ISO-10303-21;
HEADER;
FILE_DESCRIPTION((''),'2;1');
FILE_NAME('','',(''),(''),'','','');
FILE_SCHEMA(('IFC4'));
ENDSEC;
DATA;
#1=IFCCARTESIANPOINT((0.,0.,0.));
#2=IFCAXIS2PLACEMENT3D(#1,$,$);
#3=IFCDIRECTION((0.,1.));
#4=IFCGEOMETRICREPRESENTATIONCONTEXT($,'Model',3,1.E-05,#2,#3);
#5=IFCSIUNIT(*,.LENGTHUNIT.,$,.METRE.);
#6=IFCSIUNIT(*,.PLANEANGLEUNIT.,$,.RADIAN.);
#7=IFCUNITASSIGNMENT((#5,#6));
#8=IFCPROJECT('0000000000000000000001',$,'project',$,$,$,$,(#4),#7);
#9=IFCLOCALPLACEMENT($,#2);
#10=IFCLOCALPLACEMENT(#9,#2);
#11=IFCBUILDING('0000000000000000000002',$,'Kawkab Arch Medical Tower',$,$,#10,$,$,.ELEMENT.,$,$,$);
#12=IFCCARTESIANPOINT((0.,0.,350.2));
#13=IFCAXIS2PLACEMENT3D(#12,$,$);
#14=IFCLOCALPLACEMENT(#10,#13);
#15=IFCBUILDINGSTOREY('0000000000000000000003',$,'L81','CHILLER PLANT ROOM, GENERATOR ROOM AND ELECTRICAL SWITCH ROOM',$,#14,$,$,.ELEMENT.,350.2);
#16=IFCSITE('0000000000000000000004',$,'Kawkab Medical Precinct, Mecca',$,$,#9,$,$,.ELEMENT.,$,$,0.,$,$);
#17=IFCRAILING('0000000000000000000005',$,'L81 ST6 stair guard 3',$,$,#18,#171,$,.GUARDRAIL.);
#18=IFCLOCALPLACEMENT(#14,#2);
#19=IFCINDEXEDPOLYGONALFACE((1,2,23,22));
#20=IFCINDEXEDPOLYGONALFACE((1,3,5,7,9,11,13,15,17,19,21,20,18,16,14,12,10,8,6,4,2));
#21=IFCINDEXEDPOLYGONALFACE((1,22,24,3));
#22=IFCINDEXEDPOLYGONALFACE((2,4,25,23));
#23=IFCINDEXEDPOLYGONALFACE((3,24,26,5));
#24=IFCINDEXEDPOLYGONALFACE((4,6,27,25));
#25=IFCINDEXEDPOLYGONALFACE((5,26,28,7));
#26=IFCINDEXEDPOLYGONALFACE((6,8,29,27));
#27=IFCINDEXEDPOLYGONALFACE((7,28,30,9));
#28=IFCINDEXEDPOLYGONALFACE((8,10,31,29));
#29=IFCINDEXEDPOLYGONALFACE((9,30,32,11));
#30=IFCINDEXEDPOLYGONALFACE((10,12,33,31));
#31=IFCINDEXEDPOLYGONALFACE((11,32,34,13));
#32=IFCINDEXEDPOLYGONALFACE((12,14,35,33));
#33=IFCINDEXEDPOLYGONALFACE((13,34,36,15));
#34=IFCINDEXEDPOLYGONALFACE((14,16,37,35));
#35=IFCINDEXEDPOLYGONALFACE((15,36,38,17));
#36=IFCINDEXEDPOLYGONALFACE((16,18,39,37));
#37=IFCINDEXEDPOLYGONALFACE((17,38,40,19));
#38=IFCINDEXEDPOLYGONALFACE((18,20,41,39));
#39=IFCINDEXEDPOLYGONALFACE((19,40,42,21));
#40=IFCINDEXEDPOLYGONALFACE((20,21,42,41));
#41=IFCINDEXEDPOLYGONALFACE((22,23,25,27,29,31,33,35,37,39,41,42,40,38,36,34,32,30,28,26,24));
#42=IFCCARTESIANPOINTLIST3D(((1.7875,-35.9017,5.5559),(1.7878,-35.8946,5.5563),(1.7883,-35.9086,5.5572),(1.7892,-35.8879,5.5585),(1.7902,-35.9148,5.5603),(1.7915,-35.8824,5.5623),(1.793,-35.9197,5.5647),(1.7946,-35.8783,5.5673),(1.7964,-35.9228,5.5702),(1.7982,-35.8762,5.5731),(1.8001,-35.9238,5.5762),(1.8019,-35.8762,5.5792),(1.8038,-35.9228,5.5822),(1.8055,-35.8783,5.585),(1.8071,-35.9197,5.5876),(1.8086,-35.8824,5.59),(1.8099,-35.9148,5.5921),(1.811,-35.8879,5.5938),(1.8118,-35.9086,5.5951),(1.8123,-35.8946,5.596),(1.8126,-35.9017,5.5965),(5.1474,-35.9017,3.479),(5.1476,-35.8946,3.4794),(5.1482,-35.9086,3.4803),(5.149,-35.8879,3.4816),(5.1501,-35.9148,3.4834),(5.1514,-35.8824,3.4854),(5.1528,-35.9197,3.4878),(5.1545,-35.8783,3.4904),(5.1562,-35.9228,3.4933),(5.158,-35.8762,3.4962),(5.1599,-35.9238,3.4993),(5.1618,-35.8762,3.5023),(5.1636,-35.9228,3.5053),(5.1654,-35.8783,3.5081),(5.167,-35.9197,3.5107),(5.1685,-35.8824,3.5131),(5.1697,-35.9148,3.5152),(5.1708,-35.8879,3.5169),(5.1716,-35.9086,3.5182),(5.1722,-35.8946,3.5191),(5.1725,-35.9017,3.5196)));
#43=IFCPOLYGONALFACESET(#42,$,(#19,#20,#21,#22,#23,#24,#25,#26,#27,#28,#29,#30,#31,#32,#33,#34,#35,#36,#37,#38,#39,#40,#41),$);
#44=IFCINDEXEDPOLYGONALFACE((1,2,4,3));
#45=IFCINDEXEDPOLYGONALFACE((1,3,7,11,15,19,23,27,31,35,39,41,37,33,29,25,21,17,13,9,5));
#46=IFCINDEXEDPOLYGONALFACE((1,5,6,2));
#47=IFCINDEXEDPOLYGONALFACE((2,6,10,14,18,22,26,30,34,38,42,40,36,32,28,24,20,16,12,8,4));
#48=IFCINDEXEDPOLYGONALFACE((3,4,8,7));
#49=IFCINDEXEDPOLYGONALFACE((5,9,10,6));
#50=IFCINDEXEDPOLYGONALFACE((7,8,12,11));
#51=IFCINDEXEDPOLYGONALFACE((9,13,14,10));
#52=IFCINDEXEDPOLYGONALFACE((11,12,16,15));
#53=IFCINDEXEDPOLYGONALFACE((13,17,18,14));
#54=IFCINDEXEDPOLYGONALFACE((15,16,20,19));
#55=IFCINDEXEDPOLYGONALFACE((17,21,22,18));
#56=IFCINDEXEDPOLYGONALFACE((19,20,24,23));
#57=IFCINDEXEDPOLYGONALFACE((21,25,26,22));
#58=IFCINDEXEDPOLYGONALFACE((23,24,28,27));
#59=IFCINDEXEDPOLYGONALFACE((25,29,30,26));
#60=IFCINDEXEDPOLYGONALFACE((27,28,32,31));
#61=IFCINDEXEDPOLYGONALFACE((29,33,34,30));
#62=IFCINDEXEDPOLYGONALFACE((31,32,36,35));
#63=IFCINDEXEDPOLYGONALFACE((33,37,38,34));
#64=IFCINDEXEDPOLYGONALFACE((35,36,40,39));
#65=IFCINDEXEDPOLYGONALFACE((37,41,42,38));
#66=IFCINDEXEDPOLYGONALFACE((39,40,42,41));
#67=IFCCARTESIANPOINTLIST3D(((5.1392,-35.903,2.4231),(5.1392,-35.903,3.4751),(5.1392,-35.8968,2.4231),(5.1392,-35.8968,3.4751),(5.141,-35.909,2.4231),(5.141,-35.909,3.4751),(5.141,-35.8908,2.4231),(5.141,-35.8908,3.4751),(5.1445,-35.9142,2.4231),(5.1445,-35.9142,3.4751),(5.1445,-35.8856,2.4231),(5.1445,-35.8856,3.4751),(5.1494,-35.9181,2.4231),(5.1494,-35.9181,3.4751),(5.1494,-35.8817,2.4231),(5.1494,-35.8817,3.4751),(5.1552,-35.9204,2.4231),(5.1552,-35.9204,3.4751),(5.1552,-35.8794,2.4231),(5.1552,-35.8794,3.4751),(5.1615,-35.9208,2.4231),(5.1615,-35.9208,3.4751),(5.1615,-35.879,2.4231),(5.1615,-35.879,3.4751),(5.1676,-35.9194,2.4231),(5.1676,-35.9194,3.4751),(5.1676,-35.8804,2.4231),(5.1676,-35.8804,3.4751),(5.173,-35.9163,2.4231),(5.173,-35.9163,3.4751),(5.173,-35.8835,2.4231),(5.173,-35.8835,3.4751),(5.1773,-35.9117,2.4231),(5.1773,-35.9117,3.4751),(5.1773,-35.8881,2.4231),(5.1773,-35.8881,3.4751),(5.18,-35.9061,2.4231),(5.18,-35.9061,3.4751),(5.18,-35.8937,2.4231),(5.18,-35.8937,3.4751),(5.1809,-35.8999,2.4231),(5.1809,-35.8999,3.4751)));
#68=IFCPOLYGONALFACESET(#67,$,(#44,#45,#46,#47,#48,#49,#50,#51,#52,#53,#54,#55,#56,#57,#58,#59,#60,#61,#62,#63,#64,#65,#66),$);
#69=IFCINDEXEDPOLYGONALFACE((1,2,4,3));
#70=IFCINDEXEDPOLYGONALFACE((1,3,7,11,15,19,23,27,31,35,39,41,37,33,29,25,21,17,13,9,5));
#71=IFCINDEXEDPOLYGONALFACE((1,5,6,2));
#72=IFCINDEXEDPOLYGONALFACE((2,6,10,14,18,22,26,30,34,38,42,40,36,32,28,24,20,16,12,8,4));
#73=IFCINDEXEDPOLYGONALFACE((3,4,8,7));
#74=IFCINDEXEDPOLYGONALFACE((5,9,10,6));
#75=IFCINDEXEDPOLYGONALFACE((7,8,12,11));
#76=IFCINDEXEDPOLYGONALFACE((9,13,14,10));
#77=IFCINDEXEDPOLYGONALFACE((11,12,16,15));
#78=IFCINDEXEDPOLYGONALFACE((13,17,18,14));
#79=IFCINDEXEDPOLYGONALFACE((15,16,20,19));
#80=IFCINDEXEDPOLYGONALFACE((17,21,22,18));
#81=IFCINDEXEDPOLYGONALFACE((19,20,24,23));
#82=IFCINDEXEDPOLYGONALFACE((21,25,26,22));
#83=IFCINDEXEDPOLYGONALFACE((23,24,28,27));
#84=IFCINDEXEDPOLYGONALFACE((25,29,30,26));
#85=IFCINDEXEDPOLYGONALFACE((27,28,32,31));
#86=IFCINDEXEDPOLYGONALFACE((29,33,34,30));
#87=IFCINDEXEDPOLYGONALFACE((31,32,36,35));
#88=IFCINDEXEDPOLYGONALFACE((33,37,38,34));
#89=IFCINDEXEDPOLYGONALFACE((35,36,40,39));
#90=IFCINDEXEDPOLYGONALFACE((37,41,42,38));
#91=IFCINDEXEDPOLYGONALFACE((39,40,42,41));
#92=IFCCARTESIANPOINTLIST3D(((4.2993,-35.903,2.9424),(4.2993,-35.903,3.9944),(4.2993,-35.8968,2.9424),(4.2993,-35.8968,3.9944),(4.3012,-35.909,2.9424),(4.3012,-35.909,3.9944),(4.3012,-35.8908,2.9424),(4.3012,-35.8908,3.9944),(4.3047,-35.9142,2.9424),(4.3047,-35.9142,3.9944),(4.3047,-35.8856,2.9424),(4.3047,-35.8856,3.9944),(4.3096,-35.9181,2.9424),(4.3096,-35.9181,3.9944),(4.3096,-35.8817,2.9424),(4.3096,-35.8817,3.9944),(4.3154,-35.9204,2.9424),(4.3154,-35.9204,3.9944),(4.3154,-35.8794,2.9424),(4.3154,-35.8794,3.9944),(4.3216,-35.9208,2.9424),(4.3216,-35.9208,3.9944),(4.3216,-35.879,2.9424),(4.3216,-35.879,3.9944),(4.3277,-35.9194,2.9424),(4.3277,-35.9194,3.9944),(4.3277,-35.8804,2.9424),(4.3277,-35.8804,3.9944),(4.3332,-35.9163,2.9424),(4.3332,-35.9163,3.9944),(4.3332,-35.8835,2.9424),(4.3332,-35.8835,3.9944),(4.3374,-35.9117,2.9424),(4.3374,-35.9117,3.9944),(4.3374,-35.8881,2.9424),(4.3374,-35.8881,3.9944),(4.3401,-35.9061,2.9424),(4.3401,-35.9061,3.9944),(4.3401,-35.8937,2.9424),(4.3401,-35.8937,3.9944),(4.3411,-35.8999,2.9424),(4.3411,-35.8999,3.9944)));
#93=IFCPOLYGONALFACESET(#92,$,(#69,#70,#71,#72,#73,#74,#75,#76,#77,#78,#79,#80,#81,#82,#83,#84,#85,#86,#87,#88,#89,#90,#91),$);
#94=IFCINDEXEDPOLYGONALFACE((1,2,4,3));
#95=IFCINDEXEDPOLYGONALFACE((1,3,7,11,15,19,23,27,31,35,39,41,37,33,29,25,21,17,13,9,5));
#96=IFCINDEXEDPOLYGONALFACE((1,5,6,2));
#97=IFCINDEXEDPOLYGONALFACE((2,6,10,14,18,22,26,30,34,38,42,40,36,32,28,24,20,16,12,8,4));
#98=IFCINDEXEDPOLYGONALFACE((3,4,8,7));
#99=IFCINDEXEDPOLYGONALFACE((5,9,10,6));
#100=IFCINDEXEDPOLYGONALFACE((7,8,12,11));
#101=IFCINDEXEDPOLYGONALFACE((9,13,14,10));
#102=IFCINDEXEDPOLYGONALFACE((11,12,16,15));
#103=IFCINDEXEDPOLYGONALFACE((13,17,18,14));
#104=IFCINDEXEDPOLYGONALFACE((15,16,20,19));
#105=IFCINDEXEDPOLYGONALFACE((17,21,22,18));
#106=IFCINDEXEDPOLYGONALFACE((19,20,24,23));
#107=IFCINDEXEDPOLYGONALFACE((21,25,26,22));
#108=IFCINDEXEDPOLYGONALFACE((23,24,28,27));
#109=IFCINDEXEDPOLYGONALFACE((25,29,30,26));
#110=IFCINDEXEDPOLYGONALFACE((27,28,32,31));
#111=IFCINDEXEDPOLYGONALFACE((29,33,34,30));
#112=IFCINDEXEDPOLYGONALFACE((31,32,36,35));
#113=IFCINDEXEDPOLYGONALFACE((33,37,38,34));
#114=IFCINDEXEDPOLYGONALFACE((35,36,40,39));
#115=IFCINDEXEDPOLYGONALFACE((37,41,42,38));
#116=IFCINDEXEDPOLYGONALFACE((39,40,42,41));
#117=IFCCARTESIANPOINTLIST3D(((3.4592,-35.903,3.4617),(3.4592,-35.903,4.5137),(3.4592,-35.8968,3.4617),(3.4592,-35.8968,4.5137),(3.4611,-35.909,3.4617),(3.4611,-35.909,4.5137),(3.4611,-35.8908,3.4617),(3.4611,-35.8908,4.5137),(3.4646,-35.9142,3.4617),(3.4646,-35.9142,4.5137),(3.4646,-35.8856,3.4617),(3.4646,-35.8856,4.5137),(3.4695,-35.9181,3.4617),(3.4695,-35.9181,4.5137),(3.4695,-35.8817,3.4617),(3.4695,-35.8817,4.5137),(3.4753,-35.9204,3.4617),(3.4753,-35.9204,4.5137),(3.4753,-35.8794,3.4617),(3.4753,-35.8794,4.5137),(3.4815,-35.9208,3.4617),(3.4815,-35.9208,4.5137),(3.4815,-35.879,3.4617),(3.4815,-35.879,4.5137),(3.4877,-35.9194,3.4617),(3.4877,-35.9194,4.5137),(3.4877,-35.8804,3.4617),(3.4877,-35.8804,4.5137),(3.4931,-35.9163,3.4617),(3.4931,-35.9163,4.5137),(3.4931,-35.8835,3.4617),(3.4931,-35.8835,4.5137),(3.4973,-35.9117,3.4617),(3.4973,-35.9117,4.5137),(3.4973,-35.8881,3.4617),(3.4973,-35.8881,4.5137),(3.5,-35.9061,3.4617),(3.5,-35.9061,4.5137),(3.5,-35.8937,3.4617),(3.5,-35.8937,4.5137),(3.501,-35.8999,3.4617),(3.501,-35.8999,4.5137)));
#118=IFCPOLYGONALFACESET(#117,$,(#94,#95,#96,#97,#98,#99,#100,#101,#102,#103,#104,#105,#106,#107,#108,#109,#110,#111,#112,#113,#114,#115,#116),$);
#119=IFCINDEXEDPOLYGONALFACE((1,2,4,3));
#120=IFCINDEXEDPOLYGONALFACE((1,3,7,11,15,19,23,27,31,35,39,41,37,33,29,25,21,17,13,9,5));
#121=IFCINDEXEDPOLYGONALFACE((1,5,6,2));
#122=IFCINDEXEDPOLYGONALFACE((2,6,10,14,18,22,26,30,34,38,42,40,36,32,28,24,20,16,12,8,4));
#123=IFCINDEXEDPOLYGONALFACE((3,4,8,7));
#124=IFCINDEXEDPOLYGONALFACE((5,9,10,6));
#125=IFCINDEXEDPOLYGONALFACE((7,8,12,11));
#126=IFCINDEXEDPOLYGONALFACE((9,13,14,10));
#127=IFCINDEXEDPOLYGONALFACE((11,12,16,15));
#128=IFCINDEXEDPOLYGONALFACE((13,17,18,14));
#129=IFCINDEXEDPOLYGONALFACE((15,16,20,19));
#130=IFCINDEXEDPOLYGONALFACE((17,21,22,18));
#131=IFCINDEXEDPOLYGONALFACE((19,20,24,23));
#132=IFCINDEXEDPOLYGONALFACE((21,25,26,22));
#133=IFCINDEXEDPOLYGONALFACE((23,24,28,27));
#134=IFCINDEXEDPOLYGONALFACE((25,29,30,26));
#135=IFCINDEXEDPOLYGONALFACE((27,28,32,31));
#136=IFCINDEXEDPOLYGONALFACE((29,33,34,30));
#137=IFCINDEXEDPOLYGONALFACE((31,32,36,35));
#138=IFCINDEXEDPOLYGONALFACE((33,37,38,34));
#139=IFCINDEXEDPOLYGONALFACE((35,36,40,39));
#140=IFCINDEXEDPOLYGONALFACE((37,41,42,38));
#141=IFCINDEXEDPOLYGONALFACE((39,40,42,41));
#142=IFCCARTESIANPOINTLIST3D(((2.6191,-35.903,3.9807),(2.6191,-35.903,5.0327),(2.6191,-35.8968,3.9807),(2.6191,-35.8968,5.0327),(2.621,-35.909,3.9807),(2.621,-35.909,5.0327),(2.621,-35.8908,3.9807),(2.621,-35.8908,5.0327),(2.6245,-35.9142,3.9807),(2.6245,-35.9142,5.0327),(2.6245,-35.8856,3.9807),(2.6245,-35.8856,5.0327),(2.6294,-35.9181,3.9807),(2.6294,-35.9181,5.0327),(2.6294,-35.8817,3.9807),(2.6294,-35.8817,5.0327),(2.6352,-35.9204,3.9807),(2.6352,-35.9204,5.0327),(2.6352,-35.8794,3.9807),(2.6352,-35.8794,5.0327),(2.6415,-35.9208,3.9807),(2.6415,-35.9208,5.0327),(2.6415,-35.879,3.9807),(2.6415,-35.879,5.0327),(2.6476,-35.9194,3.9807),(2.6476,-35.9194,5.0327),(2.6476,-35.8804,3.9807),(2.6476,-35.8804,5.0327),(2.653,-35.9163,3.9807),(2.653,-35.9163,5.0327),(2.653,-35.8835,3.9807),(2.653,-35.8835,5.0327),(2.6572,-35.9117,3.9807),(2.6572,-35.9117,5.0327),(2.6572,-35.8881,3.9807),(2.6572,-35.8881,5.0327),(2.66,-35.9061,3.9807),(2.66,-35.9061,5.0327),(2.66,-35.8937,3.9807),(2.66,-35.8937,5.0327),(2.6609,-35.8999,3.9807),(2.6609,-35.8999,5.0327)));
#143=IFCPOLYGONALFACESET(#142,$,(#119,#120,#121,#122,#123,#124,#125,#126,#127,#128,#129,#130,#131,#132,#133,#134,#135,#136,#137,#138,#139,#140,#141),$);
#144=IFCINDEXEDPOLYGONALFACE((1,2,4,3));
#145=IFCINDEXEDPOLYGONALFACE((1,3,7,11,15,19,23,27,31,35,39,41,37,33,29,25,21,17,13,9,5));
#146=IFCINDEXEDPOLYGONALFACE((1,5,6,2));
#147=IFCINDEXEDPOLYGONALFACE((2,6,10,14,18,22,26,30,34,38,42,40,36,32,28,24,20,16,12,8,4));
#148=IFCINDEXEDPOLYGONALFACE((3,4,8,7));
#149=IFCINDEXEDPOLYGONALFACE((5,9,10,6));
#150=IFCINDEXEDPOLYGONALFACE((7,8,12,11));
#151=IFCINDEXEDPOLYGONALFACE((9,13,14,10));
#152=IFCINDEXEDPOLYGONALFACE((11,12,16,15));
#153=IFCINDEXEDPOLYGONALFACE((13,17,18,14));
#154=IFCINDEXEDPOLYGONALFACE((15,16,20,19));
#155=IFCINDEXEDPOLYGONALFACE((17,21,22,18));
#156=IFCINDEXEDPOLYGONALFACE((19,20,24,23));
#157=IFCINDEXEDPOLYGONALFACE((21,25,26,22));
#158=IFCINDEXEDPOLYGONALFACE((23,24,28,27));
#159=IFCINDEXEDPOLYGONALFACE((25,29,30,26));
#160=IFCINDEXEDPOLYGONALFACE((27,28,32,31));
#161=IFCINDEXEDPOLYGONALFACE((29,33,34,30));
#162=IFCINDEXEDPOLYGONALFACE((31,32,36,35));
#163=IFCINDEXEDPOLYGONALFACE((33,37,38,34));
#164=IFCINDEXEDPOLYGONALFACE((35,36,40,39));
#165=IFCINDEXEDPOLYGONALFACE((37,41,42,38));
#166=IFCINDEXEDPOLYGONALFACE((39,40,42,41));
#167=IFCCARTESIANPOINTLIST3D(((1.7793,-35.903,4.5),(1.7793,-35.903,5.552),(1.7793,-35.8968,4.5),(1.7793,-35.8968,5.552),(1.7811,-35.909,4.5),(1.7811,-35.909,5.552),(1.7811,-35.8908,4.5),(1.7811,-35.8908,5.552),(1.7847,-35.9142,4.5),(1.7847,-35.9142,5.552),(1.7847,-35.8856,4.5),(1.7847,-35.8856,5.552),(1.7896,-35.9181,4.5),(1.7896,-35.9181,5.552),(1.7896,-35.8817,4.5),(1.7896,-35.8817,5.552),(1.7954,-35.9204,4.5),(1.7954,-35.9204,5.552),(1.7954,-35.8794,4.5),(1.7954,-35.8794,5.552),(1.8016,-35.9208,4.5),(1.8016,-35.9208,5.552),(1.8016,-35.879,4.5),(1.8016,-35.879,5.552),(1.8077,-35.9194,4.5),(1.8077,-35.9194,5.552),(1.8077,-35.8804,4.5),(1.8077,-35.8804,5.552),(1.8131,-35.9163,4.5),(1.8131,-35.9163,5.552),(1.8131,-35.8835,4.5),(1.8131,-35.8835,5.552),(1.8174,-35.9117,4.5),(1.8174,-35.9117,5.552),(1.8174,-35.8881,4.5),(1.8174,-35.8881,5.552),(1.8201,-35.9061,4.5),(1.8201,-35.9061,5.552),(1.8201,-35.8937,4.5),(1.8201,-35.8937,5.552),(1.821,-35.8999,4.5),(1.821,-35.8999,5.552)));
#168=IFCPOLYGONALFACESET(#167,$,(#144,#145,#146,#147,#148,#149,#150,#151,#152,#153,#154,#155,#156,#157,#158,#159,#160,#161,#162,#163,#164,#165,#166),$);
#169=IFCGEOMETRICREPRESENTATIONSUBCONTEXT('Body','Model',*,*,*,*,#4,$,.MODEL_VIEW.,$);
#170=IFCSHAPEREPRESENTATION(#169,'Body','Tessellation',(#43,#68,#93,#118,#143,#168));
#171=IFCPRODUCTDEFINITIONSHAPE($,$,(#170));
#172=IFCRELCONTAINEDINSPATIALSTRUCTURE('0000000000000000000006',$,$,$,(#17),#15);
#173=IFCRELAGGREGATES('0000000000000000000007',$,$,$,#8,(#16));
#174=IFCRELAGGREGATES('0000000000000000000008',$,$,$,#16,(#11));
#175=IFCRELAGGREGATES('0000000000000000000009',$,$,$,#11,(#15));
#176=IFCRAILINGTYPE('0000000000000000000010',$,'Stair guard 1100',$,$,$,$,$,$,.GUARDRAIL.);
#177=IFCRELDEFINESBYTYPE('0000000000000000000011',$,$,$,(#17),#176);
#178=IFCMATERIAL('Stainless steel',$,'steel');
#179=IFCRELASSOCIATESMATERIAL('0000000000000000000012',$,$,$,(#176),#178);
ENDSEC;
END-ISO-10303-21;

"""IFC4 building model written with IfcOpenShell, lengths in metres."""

from ifc_helpers import new_model, si_unit, direction, frame, origin, origin_2d, place, context, subcontext, project, spatial, circle, extrude, material, type_object, element, save


model = new_model("IFC4")

# Units and contexts
model_context = context("Model", 3, precision=1e-05, world=origin(), true_north=direction((0.0, 1.0)))
body_context = subcontext(model_context, "Body", "Model", "MODEL_VIEW")
ifc_project = project(units=[si_unit("LENGTHUNIT", "METRE"), si_unit("PLANEANGLEUNIT", "RADIAN")], contexts=[model_context])

# Site, building, storey
site_placement = place(None, origin())
site = spatial("IfcSite", under=ifc_project, at=site_placement, Name="Kawkab Medical Precinct, Mecca", CompositionType="ELEMENT", RefElevation=0.0)
building_placement = place(site_placement, origin())
building = spatial("IfcBuilding", under=site, at=building_placement, Name="Kawkab Arch Medical Tower", CompositionType="ELEMENT")
storey_placement = place(building_placement, frame((0.0, 0.0, 350.2)))
storey = spatial("IfcBuildingStorey", under=building, at=storey_placement, Name="L81", Description="CHILLER PLANT ROOM, GENERATOR ROOM AND ELECTRICAL SWITCH ROOM", CompositionType="ELEMENT", Elevation=350.2)

# Railing
ifc_material_1 = material(Name="Stainless steel", Category="steel")
railing_type = type_object("IfcRailingType", Name="Stair guard 1100", PredefinedType="GUARDRAIL", material=ifc_material_1)
railing_1_placement = place(storey_placement, frame((5.1599, -35.8999, 2.4231)))
element("IfcRailing", 1, at=railing_1_placement, inside=storey, type_object=railing_type, Name="L81 ST6 stair guard 3", PredefinedType="GUARDRAIL", context=body_context, shape_type="SweptSolid", body=[
    extrude(circle(Radius=0.0239, at=origin_2d()), frame((0.0, 0.0, 1.0762), z_axis=(-0.850606, 0.0, 0.525803), x_axis=(0.0, -1.0, 0.0)), (0.0, 0.0, 1.0), 3.95),
    extrude(circle(Radius=0.021, at=origin_2d()), origin(), (0.0, 0.0, 1.0), 1.052),
    extrude(circle(Radius=0.021, at=origin_2d()), frame((-0.8398, 0.0, 0.5193)), (0.0, 0.0, 1.0), 1.052),
    extrude(circle(Radius=0.021, at=origin_2d()), frame((-1.6799, 0.0, 1.0386)), (0.0, 0.0, 1.0), 1.052),
    extrude(circle(Radius=0.021, at=origin_2d()), frame((-2.52, 0.0, 1.5576)), (0.0, 0.0, 1.0), 1.052),
    extrude(circle(Radius=0.021, at=origin_2d()), frame((-3.3599, 0.0, 2.0769)), (0.0, 0.0, 1.0), 1.052),
])

save(model, "model.ifc")
